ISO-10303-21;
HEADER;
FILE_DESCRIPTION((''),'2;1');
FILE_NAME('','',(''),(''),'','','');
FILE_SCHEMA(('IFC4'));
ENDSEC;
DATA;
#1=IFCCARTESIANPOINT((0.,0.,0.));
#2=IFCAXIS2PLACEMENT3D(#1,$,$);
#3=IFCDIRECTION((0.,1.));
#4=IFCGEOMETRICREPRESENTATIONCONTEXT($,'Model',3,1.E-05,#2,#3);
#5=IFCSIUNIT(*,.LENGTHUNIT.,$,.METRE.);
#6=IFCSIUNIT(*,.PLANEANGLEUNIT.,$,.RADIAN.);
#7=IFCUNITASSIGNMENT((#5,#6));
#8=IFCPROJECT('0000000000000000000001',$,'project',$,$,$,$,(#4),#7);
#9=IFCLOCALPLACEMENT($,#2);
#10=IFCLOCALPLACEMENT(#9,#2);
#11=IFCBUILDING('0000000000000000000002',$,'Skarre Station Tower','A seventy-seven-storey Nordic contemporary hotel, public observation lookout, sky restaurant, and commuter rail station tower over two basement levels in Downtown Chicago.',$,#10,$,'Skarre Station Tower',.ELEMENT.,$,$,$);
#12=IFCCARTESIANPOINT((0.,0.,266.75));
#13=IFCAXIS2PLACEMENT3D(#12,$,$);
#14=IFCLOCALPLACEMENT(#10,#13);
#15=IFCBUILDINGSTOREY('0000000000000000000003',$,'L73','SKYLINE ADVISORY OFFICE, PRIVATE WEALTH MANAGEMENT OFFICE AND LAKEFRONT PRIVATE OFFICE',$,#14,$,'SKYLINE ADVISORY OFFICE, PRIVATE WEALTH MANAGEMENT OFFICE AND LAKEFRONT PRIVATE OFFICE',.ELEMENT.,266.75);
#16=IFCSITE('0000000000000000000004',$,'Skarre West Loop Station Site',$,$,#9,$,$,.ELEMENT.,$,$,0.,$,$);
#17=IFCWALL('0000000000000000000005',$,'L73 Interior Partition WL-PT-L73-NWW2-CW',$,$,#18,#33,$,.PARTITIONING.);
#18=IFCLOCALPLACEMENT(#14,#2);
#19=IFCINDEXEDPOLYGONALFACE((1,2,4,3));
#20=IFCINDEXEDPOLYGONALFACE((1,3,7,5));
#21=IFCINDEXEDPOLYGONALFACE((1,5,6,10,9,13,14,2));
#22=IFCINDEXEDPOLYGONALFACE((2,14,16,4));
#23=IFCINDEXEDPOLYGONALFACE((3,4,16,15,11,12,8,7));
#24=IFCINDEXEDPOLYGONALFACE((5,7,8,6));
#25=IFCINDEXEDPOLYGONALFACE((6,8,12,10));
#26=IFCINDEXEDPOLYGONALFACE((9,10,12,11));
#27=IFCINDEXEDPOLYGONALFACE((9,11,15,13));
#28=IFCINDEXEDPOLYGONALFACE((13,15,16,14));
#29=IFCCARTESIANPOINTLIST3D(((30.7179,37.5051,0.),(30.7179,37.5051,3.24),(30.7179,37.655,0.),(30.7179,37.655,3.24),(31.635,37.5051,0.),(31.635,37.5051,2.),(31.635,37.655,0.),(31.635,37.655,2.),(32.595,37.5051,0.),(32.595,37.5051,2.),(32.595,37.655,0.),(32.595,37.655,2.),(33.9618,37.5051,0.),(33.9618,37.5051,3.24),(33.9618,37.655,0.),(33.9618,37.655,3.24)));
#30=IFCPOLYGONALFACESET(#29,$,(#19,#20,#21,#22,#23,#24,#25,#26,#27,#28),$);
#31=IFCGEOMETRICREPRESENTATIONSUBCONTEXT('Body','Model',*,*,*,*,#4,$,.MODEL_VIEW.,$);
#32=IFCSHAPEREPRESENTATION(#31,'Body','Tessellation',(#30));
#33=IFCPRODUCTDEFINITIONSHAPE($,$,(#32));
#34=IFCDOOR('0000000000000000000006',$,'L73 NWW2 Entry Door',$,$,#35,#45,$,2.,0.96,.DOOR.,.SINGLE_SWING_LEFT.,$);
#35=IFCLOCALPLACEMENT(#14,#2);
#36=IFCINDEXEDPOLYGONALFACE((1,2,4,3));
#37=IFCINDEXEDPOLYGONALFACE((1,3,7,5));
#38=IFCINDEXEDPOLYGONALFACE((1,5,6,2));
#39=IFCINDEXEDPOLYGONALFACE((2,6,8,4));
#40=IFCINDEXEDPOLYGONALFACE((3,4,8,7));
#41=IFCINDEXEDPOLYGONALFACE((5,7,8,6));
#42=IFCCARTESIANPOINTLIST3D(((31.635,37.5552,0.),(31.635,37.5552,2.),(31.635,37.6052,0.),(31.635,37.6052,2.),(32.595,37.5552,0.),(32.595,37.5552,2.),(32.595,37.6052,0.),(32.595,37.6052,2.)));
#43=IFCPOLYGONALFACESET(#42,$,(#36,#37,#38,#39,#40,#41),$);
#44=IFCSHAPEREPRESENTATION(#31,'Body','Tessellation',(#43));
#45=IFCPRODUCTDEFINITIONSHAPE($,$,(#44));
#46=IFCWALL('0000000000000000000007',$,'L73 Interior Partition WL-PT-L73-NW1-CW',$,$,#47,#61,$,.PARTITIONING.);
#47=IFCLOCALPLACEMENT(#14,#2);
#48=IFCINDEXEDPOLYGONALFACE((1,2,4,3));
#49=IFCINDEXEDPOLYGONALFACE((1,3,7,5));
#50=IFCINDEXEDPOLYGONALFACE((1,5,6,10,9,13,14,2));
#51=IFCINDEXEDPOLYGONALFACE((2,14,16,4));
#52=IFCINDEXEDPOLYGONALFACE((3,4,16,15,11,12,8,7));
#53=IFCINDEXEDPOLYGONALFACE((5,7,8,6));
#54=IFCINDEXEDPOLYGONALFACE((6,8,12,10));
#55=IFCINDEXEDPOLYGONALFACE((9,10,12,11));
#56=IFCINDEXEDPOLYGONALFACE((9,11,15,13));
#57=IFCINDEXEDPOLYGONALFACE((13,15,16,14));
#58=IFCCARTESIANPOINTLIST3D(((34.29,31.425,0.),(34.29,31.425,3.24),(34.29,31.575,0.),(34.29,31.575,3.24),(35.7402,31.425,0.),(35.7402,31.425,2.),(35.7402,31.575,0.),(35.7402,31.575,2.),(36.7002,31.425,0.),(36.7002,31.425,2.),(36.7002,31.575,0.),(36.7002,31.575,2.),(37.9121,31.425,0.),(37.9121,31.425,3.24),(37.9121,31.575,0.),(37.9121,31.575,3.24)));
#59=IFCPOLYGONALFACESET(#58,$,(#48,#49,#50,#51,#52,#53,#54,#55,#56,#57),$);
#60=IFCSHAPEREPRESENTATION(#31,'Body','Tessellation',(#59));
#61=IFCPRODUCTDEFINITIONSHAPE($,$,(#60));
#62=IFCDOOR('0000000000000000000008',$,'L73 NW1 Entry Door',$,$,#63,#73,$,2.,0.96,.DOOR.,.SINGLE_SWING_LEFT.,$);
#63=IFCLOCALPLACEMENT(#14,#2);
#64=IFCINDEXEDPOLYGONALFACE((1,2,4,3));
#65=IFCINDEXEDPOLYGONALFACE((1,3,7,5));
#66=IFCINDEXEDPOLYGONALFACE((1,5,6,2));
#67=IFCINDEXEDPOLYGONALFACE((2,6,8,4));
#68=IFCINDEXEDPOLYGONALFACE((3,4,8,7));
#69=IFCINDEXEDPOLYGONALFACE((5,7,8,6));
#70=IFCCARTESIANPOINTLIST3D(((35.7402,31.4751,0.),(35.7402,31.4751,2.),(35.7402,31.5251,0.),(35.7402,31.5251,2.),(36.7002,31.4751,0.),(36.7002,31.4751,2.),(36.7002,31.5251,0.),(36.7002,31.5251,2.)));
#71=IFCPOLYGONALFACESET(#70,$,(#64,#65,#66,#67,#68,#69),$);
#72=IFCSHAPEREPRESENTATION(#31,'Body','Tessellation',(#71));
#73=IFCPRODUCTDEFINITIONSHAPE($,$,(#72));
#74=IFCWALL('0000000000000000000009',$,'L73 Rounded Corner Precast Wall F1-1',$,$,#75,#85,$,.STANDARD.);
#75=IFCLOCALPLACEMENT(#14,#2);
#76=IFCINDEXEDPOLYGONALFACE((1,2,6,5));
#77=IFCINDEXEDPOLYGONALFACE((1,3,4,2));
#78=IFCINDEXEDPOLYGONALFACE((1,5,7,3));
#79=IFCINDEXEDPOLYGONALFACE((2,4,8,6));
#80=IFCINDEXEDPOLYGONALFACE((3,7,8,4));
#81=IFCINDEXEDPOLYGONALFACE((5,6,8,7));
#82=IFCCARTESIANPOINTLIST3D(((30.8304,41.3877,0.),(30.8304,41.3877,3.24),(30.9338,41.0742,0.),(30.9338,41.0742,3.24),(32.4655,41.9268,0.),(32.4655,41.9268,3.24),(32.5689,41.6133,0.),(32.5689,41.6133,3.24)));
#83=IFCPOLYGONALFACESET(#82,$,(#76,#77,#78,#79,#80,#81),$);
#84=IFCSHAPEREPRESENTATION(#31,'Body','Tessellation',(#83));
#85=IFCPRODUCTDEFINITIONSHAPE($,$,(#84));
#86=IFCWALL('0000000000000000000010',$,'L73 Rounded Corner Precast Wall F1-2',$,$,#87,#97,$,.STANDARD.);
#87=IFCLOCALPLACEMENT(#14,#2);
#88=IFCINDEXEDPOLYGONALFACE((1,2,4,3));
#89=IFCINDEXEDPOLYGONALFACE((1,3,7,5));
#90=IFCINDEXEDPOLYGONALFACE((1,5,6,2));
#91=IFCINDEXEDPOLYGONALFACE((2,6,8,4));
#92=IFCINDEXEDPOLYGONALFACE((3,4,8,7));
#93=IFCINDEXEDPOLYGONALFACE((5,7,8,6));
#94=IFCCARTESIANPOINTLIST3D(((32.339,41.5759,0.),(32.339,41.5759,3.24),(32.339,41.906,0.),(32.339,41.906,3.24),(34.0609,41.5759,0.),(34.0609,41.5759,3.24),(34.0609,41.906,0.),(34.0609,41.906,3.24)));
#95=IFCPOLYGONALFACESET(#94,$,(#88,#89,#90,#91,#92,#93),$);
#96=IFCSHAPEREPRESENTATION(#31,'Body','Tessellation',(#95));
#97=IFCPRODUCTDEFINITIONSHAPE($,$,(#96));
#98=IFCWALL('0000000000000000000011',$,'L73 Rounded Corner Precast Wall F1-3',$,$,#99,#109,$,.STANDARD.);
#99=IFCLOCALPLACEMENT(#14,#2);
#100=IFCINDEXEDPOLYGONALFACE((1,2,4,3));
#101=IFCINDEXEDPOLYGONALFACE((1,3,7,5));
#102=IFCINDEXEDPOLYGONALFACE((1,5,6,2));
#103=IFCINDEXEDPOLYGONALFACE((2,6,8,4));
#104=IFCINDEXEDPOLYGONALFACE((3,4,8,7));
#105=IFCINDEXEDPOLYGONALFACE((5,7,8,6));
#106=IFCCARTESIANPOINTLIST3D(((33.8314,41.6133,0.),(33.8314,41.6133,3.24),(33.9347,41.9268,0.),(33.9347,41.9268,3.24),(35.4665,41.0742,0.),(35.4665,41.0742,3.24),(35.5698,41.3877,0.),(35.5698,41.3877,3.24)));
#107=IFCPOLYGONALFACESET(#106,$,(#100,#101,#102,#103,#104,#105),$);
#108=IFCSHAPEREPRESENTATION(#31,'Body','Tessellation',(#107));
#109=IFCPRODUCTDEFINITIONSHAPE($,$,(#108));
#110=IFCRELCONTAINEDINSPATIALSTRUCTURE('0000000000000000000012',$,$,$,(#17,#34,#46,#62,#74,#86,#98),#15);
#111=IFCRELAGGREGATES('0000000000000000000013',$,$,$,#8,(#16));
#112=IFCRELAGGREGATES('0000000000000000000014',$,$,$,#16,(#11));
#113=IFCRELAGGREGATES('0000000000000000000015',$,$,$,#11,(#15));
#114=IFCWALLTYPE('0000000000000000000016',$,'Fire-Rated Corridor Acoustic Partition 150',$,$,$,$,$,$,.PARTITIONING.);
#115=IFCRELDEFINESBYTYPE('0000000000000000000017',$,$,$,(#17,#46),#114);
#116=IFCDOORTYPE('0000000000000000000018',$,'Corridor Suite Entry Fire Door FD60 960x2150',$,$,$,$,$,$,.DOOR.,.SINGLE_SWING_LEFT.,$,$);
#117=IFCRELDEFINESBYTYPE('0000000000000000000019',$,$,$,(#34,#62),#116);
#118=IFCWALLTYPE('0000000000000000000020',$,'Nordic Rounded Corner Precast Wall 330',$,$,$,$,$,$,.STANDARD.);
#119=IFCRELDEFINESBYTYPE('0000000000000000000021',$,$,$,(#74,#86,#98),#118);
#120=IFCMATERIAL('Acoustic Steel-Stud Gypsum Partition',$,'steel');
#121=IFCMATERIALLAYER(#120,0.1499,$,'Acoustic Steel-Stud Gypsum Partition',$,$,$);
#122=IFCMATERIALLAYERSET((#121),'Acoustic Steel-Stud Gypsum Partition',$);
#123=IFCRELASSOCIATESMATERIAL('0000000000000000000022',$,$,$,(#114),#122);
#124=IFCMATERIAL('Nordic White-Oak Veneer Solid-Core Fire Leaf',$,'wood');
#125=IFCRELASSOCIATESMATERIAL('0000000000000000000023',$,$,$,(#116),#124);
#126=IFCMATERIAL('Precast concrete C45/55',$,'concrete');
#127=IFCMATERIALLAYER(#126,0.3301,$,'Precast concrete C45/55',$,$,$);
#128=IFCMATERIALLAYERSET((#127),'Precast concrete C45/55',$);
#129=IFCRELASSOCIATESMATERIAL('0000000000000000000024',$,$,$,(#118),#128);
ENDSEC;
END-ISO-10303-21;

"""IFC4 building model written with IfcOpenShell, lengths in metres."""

from ifc_helpers import new_model, si_unit, direction, frame, frame_2d, origin, place, context, subcontext, project, spatial, rectangle, extrude, material, layer, layer_set, type_object, element, fill, save


model = new_model("IFC4")

# Units and contexts
model_context = context("Model", 3, precision=1e-05, world=origin(), true_north=direction((0.0, 1.0)))
body_context = subcontext(model_context, "Body", "Model", "MODEL_VIEW")
ifc_project = project(units=[si_unit("LENGTHUNIT", "METRE"), si_unit("PLANEANGLEUNIT", "RADIAN")], contexts=[model_context])

# Site, building, storey
site_placement = place(None, origin())
site = spatial("IfcSite", under=ifc_project, at=site_placement, Name="Skarre West Loop Station Site", CompositionType="ELEMENT", RefElevation=0.0)
building_placement = place(site_placement, origin())
building = spatial("IfcBuilding", under=site, at=building_placement, Name="Skarre Station Tower", Description="A seventy-seven-storey Nordic contemporary hotel, public observation lookout, sky restaurant, and commuter rail station tower over two basement levels in Downtown Chicago.", LongName="Skarre Station Tower", CompositionType="ELEMENT")
storey_placement = place(building_placement, frame((0.0, 0.0, 266.75)))
storey = spatial("IfcBuildingStorey", under=building, at=storey_placement, Name="L73", Description="SKYLINE ADVISORY OFFICE, PRIVATE WEALTH MANAGEMENT OFFICE AND LAKEFRONT PRIVATE OFFICE", LongName="SKYLINE ADVISORY OFFICE, PRIVATE WEALTH MANAGEMENT OFFICE AND LAKEFRONT PRIVATE OFFICE", CompositionType="ELEMENT", Elevation=266.75)

# Walls, openings, doors
ifc_material_1 = material(Name="Acoustic Steel-Stud Gypsum Partition", Category="steel")
ifc_layer_1 = layer(ifc_material_1, 0.1499, Name="Acoustic Steel-Stud Gypsum Partition")
ifc_layer_set_1 = layer_set([ifc_layer_1], Name="Acoustic Steel-Stud Gypsum Partition")
wall_type_1 = type_object("IfcWallType", Name="Fire-Rated Corridor Acoustic Partition 150", PredefinedType="PARTITIONING", material=ifc_layer_set_1)
ifc_material_2 = material(Name="Nordic White-Oak Veneer Solid-Core Fire Leaf", Category="wood")
door_type = type_object("IfcDoorType", Name="Corridor Suite Entry Fire Door FD60 960x2150", OperationType="SINGLE_SWING_LEFT", PredefinedType="DOOR", material=ifc_material_2)
wall_1_placement = place(storey_placement, frame((33.9619, 37.5801, 0.0), z_axis=(0.0, 0.0, 1.0), x_axis=(-1.0, 0.0, 0.0)))
wall_1 = element("IfcWall", 1, at=wall_1_placement, inside=storey, type_object=wall_type_1, Name="L73 Interior Partition WL-PT-L73-NWW2-CW", PredefinedType="PARTITIONING", context=body_context, shape_type="SweptSolid", body=[
    extrude(rectangle(XDim=3.2439, YDim=0.1499, at=frame_2d((1.6221, 0.0))), origin(), (0.0, 0.0, 1.0), 3.24),
])
opening_1_placement = place(wall_1_placement, frame((1.3669, 0.0, 0.0)))
opening_1 = element("IfcOpeningElement", 2, at=opening_1_placement, cuts=wall_1, PredefinedType="OPENING", context=body_context, shape_type="SweptSolid", body=[
    extrude(rectangle(XDim=0.96, YDim=2.0, at=frame_2d((0.48, 1.0))), frame((0.0, 0.085, 0.0), z_axis=(0.0, -1.0, 0.0), x_axis=(1.0, 0.0, 0.0)), (0.0, 0.0, 1.0), 0.1699),
])
door_1_placement = place(opening_1_placement, origin())
door_1 = element("IfcDoor", 3, at=door_1_placement, inside=storey, type_object=door_type, Name="L73 NWW2 Entry Door", OperationType="SINGLE_SWING_LEFT", OverallHeight=2.0, OverallWidth=0.96, PredefinedType="DOOR", context=body_context, shape_type="SweptSolid", body=[
    extrude(rectangle(XDim=0.96, YDim=2.0, at=frame_2d((0.48, 1.0))), frame((0.0, 0.0249, 0.0), z_axis=(0.0, -1.0, 0.0), x_axis=(1.0, 0.0, 0.0)), (0.0, 0.0, 1.0), 0.05),
])
fill(opening_1, door_1)
wall_2_placement = place(storey_placement, frame((37.9121, 31.5, 0.0), z_axis=(0.0, 0.0, 1.0), x_axis=(-1.0, 0.0, 0.0)))
wall_2 = element("IfcWall", 4, at=wall_2_placement, inside=storey, type_object=wall_type_1, Name="L73 Interior Partition WL-PT-L73-NW1-CW", PredefinedType="PARTITIONING", context=body_context, shape_type="SweptSolid", body=[
    extrude(rectangle(XDim=3.6221, YDim=0.1499, at=frame_2d((1.811, 0.0))), origin(), (0.0, 0.0, 1.0), 3.24),
])
opening_2_placement = place(wall_2_placement, frame((1.2119, 0.0, 0.0)))
opening_2 = element("IfcOpeningElement", 5, at=opening_2_placement, cuts=wall_2, PredefinedType="OPENING", context=body_context, shape_type="SweptSolid", body=[
    extrude(rectangle(XDim=0.96, YDim=2.0, at=frame_2d((0.48, 1.0))), frame((0.0, 0.085, 0.0), z_axis=(0.0, -1.0, 0.0), x_axis=(1.0, 0.0, 0.0)), (0.0, 0.0, 1.0), 0.1699),
])
door_2_placement = place(opening_2_placement, origin())
door_2 = element("IfcDoor", 6, at=door_2_placement, inside=storey, type_object=door_type, Name="L73 NW1 Entry Door", OperationType="SINGLE_SWING_LEFT", OverallHeight=2.0, OverallWidth=0.96, PredefinedType="DOOR", context=body_context, shape_type="SweptSolid", body=[
    extrude(rectangle(XDim=0.96, YDim=2.0, at=frame_2d((0.48, 1.0))), frame((0.0, 0.0249, 0.0), z_axis=(0.0, -1.0, 0.0), x_axis=(1.0, 0.0, 0.0)), (0.0, 0.0, 1.0), 0.05),
])
fill(opening_2, door_2)

# Walls
ifc_material_3 = material(Name="Precast concrete C45/55", Category="concrete")
ifc_layer_2 = layer(ifc_material_3, 0.3301, Name="Precast concrete C45/55")
ifc_layer_set_2 = layer_set([ifc_layer_2], Name="Precast concrete C45/55")
wall_type_2 = type_object("IfcWallType", Name="Nordic Rounded Corner Precast Wall 330", PredefinedType="STANDARD", material=ifc_layer_set_2)
wall_3_placement = place(storey_placement, frame((30.8821, 41.231, 0.0), z_axis=(0.0, 0.0, 1.0), x_axis=(0.949713, 0.31312, 0.0)))
element("IfcWall", 7, at=wall_3_placement, inside=storey, type_object=wall_type_2, Name="L73 Rounded Corner Precast Wall F1-1", PredefinedType="STANDARD", context=body_context, shape_type="SweptSolid", body=[
    extrude(rectangle(XDim=1.7217, YDim=0.3301, at=frame_2d((0.8608, 0.0))), origin(), (0.0, 0.0, 1.0), 3.24),
])
wall_4_placement = place(storey_placement, frame((32.3391, 41.741, 0.0), z_axis=(0.0, 0.0, 1.0), x_axis=(1.0, 0.0, 0.0)))
element("IfcWall", 8, at=wall_4_placement, inside=storey, type_object=wall_type_2, Name="L73 Rounded Corner Precast Wall F1-2", PredefinedType="STANDARD", context=body_context, shape_type="SweptSolid", body=[
    extrude(rectangle(XDim=1.7219, YDim=0.3301, at=frame_2d((0.8608, 0.0))), origin(), (0.0, 0.0, 1.0), 3.24),
])
wall_5_placement = place(storey_placement, frame((33.8831, 41.77, 0.0), z_axis=(0.0, 0.0, 1.0), x_axis=(0.949713, -0.31312, 0.0)))
element("IfcWall", 9, at=wall_5_placement, inside=storey, type_object=wall_type_2, Name="L73 Rounded Corner Precast Wall F1-3", PredefinedType="STANDARD", context=body_context, shape_type="SweptSolid", body=[
    extrude(rectangle(XDim=1.7217, YDim=0.3301, at=frame_2d((0.8608, 0.0))), origin(), (0.0, 0.0, 1.0), 3.24),
])

save(model, "model.ifc")
